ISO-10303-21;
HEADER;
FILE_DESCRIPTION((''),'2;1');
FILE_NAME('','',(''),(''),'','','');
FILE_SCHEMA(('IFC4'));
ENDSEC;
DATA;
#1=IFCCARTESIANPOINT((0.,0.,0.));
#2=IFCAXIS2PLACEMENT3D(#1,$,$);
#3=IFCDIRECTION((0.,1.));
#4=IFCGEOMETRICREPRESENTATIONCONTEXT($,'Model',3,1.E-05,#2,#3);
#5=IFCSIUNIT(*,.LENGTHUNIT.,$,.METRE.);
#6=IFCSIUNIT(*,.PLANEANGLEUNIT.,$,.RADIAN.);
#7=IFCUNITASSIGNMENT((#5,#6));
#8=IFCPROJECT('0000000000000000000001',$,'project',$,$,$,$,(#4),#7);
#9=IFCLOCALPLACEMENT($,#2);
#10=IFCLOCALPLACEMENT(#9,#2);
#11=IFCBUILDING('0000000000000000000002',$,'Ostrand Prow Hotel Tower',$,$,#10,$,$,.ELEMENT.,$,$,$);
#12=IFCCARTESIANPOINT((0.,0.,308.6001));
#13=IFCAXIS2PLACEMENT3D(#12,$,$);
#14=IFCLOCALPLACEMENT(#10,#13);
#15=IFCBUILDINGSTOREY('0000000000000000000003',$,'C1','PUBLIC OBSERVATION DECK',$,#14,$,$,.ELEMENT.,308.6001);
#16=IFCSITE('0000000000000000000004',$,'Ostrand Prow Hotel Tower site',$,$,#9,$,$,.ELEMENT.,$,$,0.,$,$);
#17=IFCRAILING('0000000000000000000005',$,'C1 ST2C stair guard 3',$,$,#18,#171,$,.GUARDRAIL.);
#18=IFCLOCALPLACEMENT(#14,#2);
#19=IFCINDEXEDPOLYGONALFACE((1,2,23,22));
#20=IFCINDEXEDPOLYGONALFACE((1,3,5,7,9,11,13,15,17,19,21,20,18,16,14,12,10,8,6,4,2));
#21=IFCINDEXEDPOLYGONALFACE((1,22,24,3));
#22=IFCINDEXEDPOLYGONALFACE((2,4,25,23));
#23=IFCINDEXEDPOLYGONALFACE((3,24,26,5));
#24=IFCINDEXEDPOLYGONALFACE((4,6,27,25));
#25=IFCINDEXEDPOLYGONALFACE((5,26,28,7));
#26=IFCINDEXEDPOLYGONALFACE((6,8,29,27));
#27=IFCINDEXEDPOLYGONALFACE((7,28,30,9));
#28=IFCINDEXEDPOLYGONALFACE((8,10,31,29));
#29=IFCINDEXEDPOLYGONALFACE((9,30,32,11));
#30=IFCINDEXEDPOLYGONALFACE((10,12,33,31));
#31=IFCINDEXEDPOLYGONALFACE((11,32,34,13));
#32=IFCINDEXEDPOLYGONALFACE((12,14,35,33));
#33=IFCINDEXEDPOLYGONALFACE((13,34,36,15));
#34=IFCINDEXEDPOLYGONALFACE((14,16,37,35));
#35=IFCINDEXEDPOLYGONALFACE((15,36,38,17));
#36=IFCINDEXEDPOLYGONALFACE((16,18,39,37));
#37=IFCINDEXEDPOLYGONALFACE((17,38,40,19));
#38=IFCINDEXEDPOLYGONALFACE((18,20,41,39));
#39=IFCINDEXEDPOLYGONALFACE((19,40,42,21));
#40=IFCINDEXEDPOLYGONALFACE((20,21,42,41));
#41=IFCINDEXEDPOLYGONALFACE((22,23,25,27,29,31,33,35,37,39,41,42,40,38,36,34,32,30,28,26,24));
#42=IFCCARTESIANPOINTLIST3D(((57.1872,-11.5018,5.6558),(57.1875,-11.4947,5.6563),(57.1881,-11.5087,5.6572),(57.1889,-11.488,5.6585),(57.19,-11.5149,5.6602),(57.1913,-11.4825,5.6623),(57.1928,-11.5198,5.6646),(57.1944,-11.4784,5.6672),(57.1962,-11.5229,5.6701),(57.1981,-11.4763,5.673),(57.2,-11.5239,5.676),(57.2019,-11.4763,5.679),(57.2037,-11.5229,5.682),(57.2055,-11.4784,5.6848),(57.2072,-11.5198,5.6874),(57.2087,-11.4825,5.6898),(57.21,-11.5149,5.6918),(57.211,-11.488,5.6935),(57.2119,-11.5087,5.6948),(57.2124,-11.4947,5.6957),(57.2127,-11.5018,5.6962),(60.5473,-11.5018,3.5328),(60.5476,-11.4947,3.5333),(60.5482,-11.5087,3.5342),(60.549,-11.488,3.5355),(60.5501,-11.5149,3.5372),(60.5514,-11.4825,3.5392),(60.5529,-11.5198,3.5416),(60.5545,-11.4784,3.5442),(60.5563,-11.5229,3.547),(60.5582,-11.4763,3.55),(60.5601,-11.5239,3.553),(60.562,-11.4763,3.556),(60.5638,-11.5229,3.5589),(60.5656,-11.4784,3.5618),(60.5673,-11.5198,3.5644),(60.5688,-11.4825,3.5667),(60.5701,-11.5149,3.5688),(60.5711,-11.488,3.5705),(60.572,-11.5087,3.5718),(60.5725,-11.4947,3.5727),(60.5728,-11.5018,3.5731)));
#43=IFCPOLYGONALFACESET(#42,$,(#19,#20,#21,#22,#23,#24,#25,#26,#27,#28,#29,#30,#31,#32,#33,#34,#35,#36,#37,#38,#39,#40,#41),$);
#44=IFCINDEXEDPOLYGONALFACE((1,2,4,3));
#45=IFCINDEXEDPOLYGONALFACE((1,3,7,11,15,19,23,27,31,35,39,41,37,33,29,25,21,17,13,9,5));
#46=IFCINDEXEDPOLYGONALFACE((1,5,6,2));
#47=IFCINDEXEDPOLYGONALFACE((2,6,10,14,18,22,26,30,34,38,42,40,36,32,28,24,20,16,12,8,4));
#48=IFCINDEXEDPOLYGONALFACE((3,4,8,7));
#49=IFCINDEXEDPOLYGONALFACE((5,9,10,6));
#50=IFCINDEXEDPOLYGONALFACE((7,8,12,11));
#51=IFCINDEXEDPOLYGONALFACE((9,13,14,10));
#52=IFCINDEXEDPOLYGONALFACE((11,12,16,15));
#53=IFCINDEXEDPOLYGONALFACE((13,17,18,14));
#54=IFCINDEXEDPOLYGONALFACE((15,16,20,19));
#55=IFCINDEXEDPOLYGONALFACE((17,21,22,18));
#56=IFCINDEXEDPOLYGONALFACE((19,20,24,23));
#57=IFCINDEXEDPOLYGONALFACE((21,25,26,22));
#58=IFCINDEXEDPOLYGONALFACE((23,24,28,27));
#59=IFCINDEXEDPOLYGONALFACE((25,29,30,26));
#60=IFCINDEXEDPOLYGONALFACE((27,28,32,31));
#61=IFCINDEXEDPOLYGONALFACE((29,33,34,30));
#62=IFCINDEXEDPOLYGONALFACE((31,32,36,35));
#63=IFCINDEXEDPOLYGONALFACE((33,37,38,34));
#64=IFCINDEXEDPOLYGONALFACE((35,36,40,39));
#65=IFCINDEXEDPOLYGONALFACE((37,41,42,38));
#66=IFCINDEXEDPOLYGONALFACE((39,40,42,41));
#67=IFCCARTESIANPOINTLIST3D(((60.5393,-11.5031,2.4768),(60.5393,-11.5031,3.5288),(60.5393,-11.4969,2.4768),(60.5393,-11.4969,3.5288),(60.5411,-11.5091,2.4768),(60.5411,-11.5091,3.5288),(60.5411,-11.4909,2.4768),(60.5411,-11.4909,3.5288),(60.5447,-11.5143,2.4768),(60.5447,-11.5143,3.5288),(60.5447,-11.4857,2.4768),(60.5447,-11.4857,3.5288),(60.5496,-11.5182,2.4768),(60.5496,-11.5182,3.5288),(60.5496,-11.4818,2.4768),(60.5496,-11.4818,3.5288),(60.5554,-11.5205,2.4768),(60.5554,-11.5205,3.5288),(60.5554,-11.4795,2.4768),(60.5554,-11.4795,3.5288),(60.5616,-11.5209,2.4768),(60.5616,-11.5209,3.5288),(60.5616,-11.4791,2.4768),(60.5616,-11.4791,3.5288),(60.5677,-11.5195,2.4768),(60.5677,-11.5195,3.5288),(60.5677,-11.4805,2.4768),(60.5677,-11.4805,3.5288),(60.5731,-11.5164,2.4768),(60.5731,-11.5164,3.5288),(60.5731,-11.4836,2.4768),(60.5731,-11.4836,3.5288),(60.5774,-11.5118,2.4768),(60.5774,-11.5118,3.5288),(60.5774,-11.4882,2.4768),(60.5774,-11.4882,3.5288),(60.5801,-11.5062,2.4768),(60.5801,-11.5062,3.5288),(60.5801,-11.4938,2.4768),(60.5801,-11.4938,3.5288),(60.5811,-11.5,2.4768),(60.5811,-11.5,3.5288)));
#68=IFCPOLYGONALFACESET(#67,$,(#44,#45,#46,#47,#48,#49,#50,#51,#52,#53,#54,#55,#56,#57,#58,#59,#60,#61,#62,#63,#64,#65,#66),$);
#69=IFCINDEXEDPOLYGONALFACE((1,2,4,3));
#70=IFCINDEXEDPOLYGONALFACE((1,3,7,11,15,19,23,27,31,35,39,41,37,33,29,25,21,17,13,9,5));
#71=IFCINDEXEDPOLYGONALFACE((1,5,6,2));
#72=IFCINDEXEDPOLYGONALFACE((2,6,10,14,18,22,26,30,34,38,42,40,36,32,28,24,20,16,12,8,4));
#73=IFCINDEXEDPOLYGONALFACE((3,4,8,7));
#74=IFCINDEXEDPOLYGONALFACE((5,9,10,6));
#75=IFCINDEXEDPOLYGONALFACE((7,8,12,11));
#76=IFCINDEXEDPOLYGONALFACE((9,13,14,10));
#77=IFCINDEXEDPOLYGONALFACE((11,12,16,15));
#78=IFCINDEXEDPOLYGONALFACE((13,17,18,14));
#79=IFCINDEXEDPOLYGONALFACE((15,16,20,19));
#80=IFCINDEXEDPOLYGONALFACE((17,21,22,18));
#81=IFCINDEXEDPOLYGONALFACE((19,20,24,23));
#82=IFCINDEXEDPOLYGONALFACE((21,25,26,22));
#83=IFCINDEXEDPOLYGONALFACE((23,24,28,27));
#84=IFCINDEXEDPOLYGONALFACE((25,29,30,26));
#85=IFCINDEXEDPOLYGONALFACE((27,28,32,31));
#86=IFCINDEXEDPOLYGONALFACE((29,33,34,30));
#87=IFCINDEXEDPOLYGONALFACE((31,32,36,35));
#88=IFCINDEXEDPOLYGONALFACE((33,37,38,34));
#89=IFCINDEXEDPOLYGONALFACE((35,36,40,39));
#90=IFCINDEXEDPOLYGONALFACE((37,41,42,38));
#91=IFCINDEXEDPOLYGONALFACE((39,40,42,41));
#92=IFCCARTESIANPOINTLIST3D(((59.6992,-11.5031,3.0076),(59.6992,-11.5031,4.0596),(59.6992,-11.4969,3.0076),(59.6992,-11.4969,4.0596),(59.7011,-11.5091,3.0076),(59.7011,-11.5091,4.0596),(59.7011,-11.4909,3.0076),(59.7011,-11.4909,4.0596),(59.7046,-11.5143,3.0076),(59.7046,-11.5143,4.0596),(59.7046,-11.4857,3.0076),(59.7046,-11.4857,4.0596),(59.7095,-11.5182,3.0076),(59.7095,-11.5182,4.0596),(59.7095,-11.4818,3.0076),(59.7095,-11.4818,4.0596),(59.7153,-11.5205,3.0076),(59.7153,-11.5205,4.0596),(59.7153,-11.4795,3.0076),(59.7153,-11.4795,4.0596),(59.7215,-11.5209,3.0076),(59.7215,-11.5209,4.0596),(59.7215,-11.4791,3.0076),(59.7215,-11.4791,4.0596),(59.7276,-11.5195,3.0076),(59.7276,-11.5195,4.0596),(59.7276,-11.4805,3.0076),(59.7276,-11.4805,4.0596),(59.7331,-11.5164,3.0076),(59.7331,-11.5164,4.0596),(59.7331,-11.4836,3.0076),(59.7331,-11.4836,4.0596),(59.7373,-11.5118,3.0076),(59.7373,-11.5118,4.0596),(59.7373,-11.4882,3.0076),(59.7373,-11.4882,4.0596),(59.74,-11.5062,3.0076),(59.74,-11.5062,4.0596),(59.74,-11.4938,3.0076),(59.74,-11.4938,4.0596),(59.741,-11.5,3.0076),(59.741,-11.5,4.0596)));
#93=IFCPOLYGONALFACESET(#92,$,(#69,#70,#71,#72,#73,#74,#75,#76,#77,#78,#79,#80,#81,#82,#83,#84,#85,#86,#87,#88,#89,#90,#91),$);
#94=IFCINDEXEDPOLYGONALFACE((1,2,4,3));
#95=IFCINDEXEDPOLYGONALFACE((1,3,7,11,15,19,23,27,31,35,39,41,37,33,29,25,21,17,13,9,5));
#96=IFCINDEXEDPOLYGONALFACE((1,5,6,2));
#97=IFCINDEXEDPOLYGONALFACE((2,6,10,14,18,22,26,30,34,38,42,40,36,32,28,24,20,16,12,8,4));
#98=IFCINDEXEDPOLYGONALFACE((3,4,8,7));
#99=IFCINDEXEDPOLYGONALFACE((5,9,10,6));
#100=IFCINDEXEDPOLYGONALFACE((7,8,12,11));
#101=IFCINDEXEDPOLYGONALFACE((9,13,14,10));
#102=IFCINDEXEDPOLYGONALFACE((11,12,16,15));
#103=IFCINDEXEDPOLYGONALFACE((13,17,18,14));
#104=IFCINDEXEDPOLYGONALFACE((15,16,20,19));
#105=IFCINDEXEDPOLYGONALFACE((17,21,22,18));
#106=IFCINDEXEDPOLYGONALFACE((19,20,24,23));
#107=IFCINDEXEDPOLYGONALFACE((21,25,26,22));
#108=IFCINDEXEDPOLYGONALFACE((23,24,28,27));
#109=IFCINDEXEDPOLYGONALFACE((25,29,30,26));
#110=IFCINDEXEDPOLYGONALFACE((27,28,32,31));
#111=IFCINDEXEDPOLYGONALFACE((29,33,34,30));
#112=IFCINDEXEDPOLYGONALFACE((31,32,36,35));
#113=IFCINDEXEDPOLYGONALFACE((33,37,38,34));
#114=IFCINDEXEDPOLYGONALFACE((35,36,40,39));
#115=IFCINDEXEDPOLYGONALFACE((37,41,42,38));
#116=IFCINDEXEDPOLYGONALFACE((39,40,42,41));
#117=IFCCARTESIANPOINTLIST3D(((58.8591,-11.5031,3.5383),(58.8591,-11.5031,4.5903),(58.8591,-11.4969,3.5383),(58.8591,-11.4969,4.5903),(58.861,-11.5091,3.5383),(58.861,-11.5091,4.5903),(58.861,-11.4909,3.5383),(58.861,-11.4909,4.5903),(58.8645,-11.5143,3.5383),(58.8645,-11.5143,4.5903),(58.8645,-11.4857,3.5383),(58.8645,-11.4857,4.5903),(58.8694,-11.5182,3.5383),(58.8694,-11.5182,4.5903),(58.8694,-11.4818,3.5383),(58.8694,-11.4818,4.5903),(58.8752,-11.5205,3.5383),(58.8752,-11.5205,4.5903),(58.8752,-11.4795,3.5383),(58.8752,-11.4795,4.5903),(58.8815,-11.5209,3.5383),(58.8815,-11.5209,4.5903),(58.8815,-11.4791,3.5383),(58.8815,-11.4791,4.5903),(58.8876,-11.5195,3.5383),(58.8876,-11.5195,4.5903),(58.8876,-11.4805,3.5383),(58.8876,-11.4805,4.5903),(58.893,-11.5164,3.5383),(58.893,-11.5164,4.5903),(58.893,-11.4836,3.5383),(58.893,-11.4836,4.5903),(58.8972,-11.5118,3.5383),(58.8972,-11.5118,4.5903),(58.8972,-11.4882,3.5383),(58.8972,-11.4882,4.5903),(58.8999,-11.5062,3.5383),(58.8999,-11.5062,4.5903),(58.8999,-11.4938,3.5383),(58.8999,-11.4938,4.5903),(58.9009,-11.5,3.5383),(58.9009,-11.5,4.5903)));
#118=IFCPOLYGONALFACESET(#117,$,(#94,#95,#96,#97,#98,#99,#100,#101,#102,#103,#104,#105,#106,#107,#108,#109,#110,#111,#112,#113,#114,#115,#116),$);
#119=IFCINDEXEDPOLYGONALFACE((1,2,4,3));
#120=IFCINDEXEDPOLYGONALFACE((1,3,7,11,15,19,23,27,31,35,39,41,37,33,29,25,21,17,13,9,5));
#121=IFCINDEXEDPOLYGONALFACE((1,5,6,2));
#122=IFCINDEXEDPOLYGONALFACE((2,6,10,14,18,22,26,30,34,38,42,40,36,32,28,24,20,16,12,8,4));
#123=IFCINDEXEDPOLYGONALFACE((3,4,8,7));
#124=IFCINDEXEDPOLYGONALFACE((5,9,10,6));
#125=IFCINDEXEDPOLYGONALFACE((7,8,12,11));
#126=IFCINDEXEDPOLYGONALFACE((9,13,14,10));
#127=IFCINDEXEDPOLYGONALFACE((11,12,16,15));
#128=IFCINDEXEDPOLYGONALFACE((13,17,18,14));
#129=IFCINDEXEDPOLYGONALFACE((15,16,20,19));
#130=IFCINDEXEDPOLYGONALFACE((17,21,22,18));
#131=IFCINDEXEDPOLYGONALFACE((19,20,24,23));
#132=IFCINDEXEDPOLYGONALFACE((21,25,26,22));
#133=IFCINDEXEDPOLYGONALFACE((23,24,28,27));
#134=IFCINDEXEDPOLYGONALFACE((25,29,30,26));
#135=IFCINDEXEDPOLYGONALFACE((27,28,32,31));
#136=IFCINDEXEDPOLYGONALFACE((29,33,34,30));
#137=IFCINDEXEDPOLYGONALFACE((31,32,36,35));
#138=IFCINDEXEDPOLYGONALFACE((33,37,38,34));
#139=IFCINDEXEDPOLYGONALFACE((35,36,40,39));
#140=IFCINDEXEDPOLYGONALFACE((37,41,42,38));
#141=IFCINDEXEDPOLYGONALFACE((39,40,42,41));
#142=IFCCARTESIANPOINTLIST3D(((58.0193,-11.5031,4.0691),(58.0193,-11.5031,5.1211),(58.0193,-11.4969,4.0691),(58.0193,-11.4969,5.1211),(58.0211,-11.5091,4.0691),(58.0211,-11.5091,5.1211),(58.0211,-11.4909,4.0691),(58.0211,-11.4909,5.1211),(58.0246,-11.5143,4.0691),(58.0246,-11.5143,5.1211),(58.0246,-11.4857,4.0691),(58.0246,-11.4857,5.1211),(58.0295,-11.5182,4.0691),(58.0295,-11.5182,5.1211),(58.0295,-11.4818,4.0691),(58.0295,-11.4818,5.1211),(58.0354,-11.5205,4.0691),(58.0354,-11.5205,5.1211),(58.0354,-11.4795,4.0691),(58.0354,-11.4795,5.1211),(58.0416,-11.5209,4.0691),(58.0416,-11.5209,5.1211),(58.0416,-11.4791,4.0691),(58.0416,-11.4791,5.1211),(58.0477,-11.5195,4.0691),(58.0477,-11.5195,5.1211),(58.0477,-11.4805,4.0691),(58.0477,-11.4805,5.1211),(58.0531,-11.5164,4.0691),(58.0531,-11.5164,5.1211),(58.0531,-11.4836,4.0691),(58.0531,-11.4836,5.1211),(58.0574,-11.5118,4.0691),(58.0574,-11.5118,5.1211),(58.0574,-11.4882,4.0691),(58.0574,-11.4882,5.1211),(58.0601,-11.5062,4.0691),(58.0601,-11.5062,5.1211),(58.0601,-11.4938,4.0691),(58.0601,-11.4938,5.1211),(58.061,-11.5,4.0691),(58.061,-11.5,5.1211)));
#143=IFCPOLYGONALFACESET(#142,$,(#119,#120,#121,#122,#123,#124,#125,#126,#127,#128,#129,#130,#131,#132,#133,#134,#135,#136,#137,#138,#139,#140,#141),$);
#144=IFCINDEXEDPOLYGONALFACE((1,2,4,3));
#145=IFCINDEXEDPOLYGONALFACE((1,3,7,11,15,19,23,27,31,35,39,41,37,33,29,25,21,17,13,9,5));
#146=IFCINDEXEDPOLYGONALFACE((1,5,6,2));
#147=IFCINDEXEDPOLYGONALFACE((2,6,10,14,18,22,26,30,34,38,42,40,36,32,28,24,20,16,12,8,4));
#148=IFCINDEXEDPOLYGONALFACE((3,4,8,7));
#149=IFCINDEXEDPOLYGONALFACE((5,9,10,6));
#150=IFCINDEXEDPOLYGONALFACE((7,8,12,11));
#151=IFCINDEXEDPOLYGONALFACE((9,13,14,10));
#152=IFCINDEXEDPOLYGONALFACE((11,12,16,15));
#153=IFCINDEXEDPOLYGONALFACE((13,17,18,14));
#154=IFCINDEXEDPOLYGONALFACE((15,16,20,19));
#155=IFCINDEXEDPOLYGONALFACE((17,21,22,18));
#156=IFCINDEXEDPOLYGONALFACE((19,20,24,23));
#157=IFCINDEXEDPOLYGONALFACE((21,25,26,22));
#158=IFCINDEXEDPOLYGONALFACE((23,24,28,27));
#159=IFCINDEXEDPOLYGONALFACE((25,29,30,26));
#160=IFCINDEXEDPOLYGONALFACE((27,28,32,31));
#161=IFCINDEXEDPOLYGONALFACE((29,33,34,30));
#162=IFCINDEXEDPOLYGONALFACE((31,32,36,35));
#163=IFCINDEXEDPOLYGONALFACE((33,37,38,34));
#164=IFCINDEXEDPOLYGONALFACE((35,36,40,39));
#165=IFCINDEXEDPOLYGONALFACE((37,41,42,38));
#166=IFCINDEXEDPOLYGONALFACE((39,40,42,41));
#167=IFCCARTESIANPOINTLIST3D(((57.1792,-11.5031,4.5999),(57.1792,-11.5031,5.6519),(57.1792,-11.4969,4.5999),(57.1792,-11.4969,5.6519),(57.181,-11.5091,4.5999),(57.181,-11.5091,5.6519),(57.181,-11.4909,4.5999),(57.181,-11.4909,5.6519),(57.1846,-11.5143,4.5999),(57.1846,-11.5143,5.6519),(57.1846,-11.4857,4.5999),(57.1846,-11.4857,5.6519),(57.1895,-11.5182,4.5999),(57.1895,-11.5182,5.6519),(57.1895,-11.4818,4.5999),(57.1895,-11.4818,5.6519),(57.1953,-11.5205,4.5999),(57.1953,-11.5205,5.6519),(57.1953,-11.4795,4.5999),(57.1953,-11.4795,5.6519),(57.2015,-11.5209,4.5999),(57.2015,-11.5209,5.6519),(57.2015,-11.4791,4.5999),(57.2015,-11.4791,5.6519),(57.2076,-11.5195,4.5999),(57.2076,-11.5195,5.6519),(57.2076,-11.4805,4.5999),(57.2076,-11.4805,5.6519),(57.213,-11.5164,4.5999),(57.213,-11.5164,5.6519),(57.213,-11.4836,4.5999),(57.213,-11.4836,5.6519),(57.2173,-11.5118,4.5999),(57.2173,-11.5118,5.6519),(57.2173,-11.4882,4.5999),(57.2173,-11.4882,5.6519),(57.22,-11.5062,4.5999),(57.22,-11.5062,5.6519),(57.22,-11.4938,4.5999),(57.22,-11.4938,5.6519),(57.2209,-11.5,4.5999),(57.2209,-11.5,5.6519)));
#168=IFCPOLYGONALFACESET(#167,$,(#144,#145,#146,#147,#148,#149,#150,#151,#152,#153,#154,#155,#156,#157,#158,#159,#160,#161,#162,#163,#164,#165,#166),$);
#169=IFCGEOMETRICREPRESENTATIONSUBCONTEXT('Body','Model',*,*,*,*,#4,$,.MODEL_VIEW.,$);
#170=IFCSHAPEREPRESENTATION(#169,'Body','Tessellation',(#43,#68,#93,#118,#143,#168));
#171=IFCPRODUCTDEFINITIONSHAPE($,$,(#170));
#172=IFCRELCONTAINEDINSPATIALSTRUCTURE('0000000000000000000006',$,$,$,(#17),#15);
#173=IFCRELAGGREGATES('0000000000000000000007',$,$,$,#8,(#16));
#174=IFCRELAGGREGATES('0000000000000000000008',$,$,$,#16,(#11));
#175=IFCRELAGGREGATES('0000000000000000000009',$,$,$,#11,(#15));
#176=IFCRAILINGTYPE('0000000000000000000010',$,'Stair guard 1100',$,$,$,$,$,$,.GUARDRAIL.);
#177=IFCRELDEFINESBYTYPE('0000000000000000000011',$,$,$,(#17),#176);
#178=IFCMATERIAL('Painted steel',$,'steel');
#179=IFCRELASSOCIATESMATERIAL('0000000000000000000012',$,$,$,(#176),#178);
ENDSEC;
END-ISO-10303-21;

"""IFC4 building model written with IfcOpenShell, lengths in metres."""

from ifc_helpers import new_model, si_unit, direction, frame, origin, origin_2d, place, context, subcontext, project, spatial, circle, extrude, material, type_object, element, save


model = new_model("IFC4")

# Units and contexts
model_context = context("Model", 3, precision=1e-05, world=origin(), true_north=direction((0.0, 1.0)))
body_context = subcontext(model_context, "Body", "Model", "MODEL_VIEW")
ifc_project = project(units=[si_unit("LENGTHUNIT", "METRE"), si_unit("PLANEANGLEUNIT", "RADIAN")], contexts=[model_context])

# Site, building, storey
site_placement = place(None, origin())
site = spatial("IfcSite", under=ifc_project, at=site_placement, Name="Ostrand Prow Hotel Tower site", CompositionType="ELEMENT", RefElevation=0.0)
building_placement = place(site_placement, origin())
building = spatial("IfcBuilding", under=site, at=building_placement, Name="Ostrand Prow Hotel Tower", CompositionType="ELEMENT")
storey_placement = place(building_placement, frame((0.0, 0.0, 308.6001)))
storey = spatial("IfcBuildingStorey", under=building, at=storey_placement, Name="C1", Description="PUBLIC OBSERVATION DECK", CompositionType="ELEMENT", Elevation=308.6001)

# Railing
ifc_material_1 = material(Name="Painted steel", Category="steel")
railing_type_1 = type_object("IfcRailingType", Name="Stair guard 1100", PredefinedType="GUARDRAIL", material=ifc_material_1)
railing_1_placement = place(storey_placement, frame((60.5601, -11.5, 2.4768)))
element("IfcRailing", 1, at=railing_1_placement, inside=storey, type_object=railing_type_1, Name="C1 ST2C stair guard 3", PredefinedType="GUARDRAIL", context=body_context, shape_type="SweptSolid", body=[
    extrude(circle(Radius=0.0239, at=origin_2d()), frame((0.0, 0.0, 1.0762), z_axis=(-0.84539, 0.0, 0.53415), x_axis=(0.0, -1.0, 0.0)), (0.0, 0.0, 1.0), 3.9746),
    extrude(circle(Radius=0.021, at=origin_2d()), origin(), (0.0, 0.0, 1.0), 1.052),
    extrude(circle(Radius=0.021, at=origin_2d()), frame((-0.8401, 0.0, 0.5308)), (0.0, 0.0, 1.0), 1.052),
    extrude(circle(Radius=0.021, at=origin_2d()), frame((-1.6802, 0.0, 1.0615)), (0.0, 0.0, 1.0), 1.052),
    extrude(circle(Radius=0.021, at=origin_2d()), frame((-2.52, 0.0, 1.5923)), (0.0, 0.0, 1.0), 1.052),
    extrude(circle(Radius=0.021, at=origin_2d()), frame((-3.3601, 0.0, 2.123)), (0.0, 0.0, 1.0), 1.052),
])

save(model, "model.ifc")
